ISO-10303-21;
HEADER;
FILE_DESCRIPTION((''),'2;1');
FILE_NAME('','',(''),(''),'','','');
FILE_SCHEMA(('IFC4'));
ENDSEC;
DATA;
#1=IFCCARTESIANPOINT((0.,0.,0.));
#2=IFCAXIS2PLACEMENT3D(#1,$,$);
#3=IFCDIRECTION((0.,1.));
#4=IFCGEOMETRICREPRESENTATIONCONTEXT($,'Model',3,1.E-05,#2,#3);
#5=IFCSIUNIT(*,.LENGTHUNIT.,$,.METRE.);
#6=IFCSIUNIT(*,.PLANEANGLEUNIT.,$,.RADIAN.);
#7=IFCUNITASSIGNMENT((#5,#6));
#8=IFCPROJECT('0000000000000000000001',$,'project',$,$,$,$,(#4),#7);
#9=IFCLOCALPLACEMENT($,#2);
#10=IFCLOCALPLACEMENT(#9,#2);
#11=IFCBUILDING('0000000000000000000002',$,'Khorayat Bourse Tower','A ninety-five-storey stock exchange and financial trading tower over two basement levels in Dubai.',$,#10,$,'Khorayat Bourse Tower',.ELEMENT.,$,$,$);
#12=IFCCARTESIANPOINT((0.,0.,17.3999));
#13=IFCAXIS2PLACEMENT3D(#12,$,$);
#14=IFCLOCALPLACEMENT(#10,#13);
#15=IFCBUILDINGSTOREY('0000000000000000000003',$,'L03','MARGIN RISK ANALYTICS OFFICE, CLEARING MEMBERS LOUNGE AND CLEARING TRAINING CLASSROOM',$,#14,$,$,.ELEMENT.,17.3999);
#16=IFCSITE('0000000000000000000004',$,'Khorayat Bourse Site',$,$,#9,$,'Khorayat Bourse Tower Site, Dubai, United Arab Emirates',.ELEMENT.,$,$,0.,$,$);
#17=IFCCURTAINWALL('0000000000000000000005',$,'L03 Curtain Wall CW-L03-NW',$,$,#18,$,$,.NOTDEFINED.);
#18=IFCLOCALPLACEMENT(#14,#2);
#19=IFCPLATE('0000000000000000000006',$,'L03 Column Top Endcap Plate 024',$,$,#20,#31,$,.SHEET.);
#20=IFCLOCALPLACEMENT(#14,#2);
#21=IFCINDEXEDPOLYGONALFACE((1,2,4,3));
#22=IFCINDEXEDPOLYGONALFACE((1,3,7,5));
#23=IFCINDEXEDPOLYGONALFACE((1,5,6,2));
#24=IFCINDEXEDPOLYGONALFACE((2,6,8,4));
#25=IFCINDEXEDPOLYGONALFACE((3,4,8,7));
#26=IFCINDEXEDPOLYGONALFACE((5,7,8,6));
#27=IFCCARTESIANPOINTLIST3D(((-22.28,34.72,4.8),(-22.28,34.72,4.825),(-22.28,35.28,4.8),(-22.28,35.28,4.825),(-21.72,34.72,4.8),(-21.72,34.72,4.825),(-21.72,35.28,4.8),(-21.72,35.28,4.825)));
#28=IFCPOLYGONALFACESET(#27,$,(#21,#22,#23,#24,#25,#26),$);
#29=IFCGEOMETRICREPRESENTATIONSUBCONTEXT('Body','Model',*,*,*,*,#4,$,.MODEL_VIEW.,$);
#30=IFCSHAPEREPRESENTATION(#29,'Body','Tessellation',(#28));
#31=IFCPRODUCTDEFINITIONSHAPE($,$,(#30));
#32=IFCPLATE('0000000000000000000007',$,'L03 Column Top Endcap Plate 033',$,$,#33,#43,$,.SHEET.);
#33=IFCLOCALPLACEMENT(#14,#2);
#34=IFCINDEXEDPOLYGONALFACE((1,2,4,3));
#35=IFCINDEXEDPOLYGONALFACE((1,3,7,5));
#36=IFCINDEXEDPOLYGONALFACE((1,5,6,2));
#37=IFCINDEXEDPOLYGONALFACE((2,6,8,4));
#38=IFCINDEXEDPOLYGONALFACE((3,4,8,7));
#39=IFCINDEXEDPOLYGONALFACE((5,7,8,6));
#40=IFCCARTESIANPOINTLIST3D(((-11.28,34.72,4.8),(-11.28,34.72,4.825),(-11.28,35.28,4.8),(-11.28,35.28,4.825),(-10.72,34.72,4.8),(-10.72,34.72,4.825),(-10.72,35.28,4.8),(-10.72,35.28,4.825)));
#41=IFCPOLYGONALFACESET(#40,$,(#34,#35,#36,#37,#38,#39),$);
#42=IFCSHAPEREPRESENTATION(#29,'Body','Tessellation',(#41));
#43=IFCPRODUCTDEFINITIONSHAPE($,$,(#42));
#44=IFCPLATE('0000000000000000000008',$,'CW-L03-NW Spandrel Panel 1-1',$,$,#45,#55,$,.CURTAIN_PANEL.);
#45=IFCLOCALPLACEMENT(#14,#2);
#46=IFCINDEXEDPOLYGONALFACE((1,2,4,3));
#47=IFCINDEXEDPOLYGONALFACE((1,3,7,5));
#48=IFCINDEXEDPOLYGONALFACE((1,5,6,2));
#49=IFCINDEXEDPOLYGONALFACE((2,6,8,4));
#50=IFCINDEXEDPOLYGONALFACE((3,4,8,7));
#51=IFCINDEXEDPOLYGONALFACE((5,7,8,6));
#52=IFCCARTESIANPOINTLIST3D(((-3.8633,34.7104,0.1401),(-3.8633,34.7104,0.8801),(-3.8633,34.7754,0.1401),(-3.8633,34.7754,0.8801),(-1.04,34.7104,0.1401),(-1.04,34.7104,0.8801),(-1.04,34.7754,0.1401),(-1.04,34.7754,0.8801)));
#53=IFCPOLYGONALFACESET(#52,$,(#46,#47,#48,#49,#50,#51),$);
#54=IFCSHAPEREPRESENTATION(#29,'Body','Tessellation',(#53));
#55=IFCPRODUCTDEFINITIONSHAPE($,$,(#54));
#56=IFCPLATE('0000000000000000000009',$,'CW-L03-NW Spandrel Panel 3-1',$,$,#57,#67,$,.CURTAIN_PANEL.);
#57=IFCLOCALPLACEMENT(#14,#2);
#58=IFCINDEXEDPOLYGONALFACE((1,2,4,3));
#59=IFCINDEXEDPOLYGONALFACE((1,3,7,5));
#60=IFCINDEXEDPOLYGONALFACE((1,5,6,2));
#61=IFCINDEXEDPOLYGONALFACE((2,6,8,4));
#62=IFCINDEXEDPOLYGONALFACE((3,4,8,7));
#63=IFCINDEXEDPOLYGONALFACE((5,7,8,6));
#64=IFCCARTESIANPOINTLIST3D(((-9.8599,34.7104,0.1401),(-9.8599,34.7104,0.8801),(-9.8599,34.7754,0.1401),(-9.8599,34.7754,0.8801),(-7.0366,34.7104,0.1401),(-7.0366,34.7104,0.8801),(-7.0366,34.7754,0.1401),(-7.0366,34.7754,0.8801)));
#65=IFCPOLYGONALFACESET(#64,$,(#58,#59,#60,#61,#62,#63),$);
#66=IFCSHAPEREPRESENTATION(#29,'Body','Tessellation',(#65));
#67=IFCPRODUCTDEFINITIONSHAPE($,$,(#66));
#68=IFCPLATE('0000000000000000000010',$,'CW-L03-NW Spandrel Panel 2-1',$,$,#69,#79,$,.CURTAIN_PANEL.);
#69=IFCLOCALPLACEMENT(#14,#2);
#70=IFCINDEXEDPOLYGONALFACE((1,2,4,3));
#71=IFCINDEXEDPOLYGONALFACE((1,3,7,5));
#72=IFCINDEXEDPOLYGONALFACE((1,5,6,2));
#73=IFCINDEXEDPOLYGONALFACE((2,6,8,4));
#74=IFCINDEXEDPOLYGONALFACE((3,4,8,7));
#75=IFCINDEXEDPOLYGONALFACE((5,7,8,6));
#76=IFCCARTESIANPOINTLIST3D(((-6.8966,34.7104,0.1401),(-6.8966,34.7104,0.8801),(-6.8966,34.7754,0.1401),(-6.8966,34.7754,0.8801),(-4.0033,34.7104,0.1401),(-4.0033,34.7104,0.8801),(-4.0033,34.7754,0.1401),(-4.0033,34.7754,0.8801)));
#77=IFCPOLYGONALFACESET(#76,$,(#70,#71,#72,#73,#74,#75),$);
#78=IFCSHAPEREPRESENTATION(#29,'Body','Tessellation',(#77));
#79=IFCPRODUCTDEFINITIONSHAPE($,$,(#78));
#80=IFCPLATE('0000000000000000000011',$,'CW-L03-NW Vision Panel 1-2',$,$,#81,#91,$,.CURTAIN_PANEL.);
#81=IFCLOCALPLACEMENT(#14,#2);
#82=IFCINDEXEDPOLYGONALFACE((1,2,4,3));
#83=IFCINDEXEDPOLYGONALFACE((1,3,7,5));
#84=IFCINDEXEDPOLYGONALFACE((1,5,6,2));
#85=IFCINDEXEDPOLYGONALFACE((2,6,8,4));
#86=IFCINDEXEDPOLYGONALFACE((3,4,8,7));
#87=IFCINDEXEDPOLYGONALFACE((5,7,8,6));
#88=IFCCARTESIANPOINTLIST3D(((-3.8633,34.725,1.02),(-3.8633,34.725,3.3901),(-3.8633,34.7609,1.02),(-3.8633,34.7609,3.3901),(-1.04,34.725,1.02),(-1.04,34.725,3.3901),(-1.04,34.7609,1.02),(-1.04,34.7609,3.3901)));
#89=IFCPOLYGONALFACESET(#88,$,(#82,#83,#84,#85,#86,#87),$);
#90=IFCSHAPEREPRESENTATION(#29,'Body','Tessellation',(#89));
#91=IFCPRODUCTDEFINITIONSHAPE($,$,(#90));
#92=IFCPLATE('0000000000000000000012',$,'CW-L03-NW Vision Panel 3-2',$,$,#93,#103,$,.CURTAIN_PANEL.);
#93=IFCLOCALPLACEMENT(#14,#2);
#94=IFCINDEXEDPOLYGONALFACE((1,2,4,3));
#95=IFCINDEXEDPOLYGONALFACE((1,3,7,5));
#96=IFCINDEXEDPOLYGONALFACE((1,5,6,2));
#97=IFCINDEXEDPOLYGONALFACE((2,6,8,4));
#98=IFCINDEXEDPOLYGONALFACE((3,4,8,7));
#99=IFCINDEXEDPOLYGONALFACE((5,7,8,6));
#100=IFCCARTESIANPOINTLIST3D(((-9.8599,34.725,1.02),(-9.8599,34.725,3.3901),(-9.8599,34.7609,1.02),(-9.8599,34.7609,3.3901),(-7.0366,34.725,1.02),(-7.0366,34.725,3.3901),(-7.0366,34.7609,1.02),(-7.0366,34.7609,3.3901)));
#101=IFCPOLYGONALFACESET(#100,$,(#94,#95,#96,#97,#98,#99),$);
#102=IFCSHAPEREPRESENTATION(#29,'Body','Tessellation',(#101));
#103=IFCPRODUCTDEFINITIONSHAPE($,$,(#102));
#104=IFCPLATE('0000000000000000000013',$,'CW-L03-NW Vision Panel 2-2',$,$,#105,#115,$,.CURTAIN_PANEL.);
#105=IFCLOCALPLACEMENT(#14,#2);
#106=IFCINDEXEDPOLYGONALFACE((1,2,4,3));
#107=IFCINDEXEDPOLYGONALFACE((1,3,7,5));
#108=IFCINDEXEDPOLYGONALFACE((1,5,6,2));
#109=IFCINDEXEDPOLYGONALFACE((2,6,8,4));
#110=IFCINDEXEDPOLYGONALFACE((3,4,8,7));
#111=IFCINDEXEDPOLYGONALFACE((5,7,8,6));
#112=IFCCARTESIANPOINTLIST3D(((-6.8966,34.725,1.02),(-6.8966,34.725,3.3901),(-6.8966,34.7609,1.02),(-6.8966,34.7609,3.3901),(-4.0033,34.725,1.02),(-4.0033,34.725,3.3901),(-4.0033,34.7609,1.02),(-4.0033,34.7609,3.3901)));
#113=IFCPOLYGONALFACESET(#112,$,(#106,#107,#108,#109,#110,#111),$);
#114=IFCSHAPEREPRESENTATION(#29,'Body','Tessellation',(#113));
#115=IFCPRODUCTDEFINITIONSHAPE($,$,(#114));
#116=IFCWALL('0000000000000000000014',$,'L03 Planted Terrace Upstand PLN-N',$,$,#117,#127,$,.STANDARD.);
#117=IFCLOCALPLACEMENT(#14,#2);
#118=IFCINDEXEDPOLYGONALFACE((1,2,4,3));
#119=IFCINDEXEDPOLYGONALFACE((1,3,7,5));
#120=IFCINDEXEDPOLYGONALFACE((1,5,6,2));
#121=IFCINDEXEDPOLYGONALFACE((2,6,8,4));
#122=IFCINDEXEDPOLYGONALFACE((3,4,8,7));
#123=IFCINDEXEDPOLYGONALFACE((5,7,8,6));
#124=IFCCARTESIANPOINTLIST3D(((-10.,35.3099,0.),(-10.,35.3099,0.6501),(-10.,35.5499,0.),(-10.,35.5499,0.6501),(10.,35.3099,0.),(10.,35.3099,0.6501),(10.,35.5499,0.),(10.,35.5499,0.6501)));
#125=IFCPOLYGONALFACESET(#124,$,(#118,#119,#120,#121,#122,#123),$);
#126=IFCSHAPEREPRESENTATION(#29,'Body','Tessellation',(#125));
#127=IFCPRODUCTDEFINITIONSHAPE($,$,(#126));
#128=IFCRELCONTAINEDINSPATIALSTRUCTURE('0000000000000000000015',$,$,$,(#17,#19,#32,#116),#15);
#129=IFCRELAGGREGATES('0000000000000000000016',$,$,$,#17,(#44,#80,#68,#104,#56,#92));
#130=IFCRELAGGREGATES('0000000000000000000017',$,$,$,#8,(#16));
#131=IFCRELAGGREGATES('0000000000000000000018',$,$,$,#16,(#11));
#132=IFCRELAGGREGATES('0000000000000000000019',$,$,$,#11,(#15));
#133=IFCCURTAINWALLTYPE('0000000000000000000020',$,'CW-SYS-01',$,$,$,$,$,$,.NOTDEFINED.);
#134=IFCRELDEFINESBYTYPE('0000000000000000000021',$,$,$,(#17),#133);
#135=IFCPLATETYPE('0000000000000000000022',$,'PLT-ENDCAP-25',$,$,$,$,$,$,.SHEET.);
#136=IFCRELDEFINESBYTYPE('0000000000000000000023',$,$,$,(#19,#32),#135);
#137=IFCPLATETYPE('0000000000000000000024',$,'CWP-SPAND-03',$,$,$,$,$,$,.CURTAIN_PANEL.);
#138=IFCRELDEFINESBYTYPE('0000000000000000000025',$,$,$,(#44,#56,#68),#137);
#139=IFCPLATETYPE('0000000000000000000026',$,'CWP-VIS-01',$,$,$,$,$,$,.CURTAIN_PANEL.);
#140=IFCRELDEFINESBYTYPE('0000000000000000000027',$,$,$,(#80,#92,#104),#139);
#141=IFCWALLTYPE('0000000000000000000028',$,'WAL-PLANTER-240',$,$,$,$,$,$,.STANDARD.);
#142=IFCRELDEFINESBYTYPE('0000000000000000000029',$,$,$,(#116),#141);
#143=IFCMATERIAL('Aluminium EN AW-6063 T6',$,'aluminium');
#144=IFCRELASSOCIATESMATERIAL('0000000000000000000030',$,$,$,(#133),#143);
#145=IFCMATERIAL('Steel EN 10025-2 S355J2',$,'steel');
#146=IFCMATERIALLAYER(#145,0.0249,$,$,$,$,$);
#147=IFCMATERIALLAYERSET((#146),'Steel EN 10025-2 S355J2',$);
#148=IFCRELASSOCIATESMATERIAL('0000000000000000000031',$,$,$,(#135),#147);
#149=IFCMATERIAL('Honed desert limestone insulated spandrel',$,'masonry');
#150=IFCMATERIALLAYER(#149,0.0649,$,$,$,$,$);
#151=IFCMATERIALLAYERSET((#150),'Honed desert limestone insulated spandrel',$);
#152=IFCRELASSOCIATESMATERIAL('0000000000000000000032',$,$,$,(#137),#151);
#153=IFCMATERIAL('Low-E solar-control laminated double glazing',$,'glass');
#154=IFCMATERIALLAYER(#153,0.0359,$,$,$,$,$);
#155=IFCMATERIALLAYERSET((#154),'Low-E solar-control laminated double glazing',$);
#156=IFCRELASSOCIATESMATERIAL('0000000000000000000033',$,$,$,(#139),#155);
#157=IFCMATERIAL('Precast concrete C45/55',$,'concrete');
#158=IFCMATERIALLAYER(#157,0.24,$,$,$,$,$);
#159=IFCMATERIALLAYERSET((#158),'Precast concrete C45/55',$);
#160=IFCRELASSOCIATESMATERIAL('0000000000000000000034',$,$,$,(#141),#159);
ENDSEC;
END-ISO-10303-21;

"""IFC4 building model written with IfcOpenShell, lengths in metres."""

from ifc_helpers import new_model, si_unit, direction, frame, frame_2d, origin, origin_2d, place, context, subcontext, project, spatial, rectangle, extrude, source, transform, mapped, material, layer, layer_set, type_object, element, aggregate, save


model = new_model("IFC4")

# Units and contexts
model_context = context("Model", 3, precision=1e-05, world=origin(), true_north=direction((0.0, 1.0)))
body_context = subcontext(model_context, "Body", "Model", "MODEL_VIEW")
ifc_project = project(units=[si_unit("LENGTHUNIT", "METRE"), si_unit("PLANEANGLEUNIT", "RADIAN")], contexts=[model_context])

# Site, building, storey
site_placement = place(None, origin())
site = spatial("IfcSite", under=ifc_project, at=site_placement, Name="Khorayat Bourse Site", LongName="Khorayat Bourse Tower Site, Dubai, United Arab Emirates", CompositionType="ELEMENT", RefElevation=0.0)
building_placement = place(site_placement, origin())
building = spatial("IfcBuilding", under=site, at=building_placement, Name="Khorayat Bourse Tower", Description="A ninety-five-storey stock exchange and financial trading tower over two basement levels in Dubai.", LongName="Khorayat Bourse Tower", CompositionType="ELEMENT")
storey_placement = place(building_placement, frame((0.0, 0.0, 17.3999)))
storey = spatial("IfcBuildingStorey", under=building, at=storey_placement, Name="L03", Description="MARGIN RISK ANALYTICS OFFICE, CLEARING MEMBERS LOUNGE AND CLEARING TRAINING CLASSROOM", CompositionType="ELEMENT", Elevation=17.3999)

# Shared definitions
ifc_material_1 = material(Name="Steel EN 10025-2 S355J2", Category="steel")

# Curtain wall
ifc_material_2 = material(Name="Aluminium EN AW-6063 T6", Category="aluminium")
curtain_wall_type = type_object("IfcCurtainWallType", Name="CW-SYS-01", PredefinedType="NOTDEFINED", material=ifc_material_2)
curtain_wall_placement = place(storey_placement, origin())
curtain_wall = element("IfcCurtainWall", 1, at=curtain_wall_placement, inside=storey, type_object=curtain_wall_type, Name="L03 Curtain Wall CW-L03-NW", PredefinedType="NOTDEFINED")

# Plates
ifc_layer_1 = layer(ifc_material_1, 0.0249)
ifc_layer_set_1 = layer_set([ifc_layer_1], Name="Steel EN 10025-2 S355J2")
plate_type_1 = type_object("IfcPlateType", Name="PLT-ENDCAP-25", PredefinedType="SHEET", material=ifc_layer_set_1)
shared_shape_1 = source(origin(), body_context, "Body", "SweptSolid", [
    extrude(rectangle(XDim=0.5601, YDim=0.5601, at=origin_2d()), origin(), (0.0, 0.0, 1.0), 0.0249),
])
for number, where, z_axis, x_axis, name in (
    (2, (-22.0, 35.0, 4.8), (0.0, 0.0, 1.0), (1.0, 0.0, 0.0), "L03 Column Top Endcap Plate 024"),
    (3, (-11.0, 35.0, 4.8), (0.0, 0.0, 1.0), (1.0, 0.0, 0.0), "L03 Column Top Endcap Plate 033"),
):
    element("IfcPlate", number, at=place(storey_placement, frame(where, z_axis=z_axis, x_axis=x_axis)), inside=storey, type_object=plate_type_1, Name=name, PredefinedType="SHEET", context=body_context, shape_type="MappedRepresentation", body=[
        mapped(shared_shape_1, transform((0.0, 0.0, 0.0), scale=1.0)),
    ])

# Plates
ifc_material_3 = material(Name="Honed desert limestone insulated spandrel", Category="masonry")
ifc_layer_2 = layer(ifc_material_3, 0.0649)
ifc_layer_set_2 = layer_set([ifc_layer_2], Name="Honed desert limestone insulated spandrel")
plate_type_2 = type_object("IfcPlateType", Name="CWP-SPAND-03", PredefinedType="CURTAIN_PANEL", material=ifc_layer_set_2)
shared_shape_2 = source(origin(), body_context, "Body", "SweptSolid", [
    extrude(rectangle(XDim=2.8232, YDim=0.0649, at=origin_2d()), origin(), (0.0, 0.0, 1.0), 0.74),
])
plate_1_placement = place(storey_placement, frame((-2.4517, 34.7429, 0.1401), z_axis=(0.0, 0.0, 1.0), x_axis=(-1.0, 0.0, 0.0)))
plate_1 = element("IfcPlate", 4, at=plate_1_placement, type_object=plate_type_2, Name="CW-L03-NW Spandrel Panel 1-1", PredefinedType="CURTAIN_PANEL", context=body_context, shape_type="MappedRepresentation", body=[
    mapped(shared_shape_2, transform((0.0, 0.0, 0.0), scale=1.0)),
])
plate_2_placement = place(storey_placement, frame((-8.4482, 34.7429, 0.1401), z_axis=(0.0, 0.0, 1.0), x_axis=(-1.0, 0.0, 0.0)))
plate_2 = element("IfcPlate", 5, at=plate_2_placement, type_object=plate_type_2, Name="CW-L03-NW Spandrel Panel 3-1", PredefinedType="CURTAIN_PANEL", context=body_context, shape_type="MappedRepresentation", body=[
    mapped(shared_shape_2, transform((0.0, 0.0, 0.0), scale=1.0)),
])
shared_shape_3 = source(origin(), body_context, "Body", "SweptSolid", [
    extrude(rectangle(XDim=2.8933, YDim=0.0649, at=origin_2d()), origin(), (0.0, 0.0, 1.0), 0.74),
])
plate_3_placement = place(storey_placement, frame((-5.45, 34.7429, 0.1401), z_axis=(0.0, 0.0, 1.0), x_axis=(-1.0, 0.0, 0.0)))
plate_3 = element("IfcPlate", 6, at=plate_3_placement, type_object=plate_type_2, Name="CW-L03-NW Spandrel Panel 2-1", PredefinedType="CURTAIN_PANEL", context=body_context, shape_type="MappedRepresentation", body=[
    mapped(shared_shape_3, transform((0.0, 0.0, 0.0), scale=1.0)),
])
ifc_material_4 = material(Name="Low-E solar-control laminated double glazing", Category="glass")
ifc_layer_3 = layer(ifc_material_4, 0.0359)
ifc_layer_set_3 = layer_set([ifc_layer_3], Name="Low-E solar-control laminated double glazing")
plate_type_3 = type_object("IfcPlateType", Name="CWP-VIS-01", PredefinedType="CURTAIN_PANEL", material=ifc_layer_set_3)
shared_shape_4 = source(origin(), body_context, "Body", "SweptSolid", [
    extrude(rectangle(XDim=2.8232, YDim=0.0359, at=origin_2d()), origin(), (0.0, 0.0, 1.0), 2.3701),
])
plate_4_placement = place(storey_placement, frame((-2.4517, 34.7429, 1.02), z_axis=(0.0, 0.0, 1.0), x_axis=(-1.0, 0.0, 0.0)))
plate_4 = element("IfcPlate", 7, at=plate_4_placement, type_object=plate_type_3, Name="CW-L03-NW Vision Panel 1-2", PredefinedType="CURTAIN_PANEL", context=body_context, shape_type="MappedRepresentation", body=[
    mapped(shared_shape_4, transform((0.0, 0.0, 0.0), scale=1.0)),
])
plate_5_placement = place(storey_placement, frame((-8.4482, 34.7429, 1.02), z_axis=(0.0, 0.0, 1.0), x_axis=(-1.0, 0.0, 0.0)))
plate_5 = element("IfcPlate", 8, at=plate_5_placement, type_object=plate_type_3, Name="CW-L03-NW Vision Panel 3-2", PredefinedType="CURTAIN_PANEL", context=body_context, shape_type="MappedRepresentation", body=[
    mapped(shared_shape_4, transform((0.0, 0.0, 0.0), scale=1.0)),
])
shared_shape_5 = source(origin(), body_context, "Body", "SweptSolid", [
    extrude(rectangle(XDim=2.8933, YDim=0.0359, at=origin_2d()), origin(), (0.0, 0.0, 1.0), 2.3701),
])
plate_6_placement = place(storey_placement, frame((-5.45, 34.7429, 1.02), z_axis=(0.0, 0.0, 1.0), x_axis=(-1.0, 0.0, 0.0)))
plate_6 = element("IfcPlate", 9, at=plate_6_placement, type_object=plate_type_3, Name="CW-L03-NW Vision Panel 2-2", PredefinedType="CURTAIN_PANEL", context=body_context, shape_type="MappedRepresentation", body=[
    mapped(shared_shape_5, transform((0.0, 0.0, 0.0), scale=1.0)),
])
aggregate(curtain_wall, [plate_1, plate_4, plate_3, plate_6, plate_2, plate_5])

# Wall
ifc_material_5 = material(Name="Precast concrete C45/55", Category="concrete")
ifc_layer_4 = layer(ifc_material_5, 0.24)
ifc_layer_set_4 = layer_set([ifc_layer_4], Name="Precast concrete C45/55")
wall_type = type_object("IfcWallType", Name="WAL-PLANTER-240", PredefinedType="STANDARD", material=ifc_layer_set_4)
shared_shape_6 = source(origin(), body_context, "Body", "SweptSolid", [
    extrude(rectangle(XDim=20.0, YDim=0.24, at=frame_2d((10.0, 0.0))), origin(), (0.0, 0.0, 1.0), 0.6501),
])
wall_placement = place(storey_placement, frame((-10.0, 35.4299, 0.0), z_axis=(0.0, 0.0, 1.0), x_axis=(1.0, 0.0, 0.0)))
element("IfcWall", 10, at=wall_placement, inside=storey, type_object=wall_type, Name="L03 Planted Terrace Upstand PLN-N", PredefinedType="STANDARD", context=body_context, shape_type="MappedRepresentation", body=[
    mapped(shared_shape_6, transform((0.0, 0.0, 0.0), scale=1.0)),
])

save(model, "model.ifc")
